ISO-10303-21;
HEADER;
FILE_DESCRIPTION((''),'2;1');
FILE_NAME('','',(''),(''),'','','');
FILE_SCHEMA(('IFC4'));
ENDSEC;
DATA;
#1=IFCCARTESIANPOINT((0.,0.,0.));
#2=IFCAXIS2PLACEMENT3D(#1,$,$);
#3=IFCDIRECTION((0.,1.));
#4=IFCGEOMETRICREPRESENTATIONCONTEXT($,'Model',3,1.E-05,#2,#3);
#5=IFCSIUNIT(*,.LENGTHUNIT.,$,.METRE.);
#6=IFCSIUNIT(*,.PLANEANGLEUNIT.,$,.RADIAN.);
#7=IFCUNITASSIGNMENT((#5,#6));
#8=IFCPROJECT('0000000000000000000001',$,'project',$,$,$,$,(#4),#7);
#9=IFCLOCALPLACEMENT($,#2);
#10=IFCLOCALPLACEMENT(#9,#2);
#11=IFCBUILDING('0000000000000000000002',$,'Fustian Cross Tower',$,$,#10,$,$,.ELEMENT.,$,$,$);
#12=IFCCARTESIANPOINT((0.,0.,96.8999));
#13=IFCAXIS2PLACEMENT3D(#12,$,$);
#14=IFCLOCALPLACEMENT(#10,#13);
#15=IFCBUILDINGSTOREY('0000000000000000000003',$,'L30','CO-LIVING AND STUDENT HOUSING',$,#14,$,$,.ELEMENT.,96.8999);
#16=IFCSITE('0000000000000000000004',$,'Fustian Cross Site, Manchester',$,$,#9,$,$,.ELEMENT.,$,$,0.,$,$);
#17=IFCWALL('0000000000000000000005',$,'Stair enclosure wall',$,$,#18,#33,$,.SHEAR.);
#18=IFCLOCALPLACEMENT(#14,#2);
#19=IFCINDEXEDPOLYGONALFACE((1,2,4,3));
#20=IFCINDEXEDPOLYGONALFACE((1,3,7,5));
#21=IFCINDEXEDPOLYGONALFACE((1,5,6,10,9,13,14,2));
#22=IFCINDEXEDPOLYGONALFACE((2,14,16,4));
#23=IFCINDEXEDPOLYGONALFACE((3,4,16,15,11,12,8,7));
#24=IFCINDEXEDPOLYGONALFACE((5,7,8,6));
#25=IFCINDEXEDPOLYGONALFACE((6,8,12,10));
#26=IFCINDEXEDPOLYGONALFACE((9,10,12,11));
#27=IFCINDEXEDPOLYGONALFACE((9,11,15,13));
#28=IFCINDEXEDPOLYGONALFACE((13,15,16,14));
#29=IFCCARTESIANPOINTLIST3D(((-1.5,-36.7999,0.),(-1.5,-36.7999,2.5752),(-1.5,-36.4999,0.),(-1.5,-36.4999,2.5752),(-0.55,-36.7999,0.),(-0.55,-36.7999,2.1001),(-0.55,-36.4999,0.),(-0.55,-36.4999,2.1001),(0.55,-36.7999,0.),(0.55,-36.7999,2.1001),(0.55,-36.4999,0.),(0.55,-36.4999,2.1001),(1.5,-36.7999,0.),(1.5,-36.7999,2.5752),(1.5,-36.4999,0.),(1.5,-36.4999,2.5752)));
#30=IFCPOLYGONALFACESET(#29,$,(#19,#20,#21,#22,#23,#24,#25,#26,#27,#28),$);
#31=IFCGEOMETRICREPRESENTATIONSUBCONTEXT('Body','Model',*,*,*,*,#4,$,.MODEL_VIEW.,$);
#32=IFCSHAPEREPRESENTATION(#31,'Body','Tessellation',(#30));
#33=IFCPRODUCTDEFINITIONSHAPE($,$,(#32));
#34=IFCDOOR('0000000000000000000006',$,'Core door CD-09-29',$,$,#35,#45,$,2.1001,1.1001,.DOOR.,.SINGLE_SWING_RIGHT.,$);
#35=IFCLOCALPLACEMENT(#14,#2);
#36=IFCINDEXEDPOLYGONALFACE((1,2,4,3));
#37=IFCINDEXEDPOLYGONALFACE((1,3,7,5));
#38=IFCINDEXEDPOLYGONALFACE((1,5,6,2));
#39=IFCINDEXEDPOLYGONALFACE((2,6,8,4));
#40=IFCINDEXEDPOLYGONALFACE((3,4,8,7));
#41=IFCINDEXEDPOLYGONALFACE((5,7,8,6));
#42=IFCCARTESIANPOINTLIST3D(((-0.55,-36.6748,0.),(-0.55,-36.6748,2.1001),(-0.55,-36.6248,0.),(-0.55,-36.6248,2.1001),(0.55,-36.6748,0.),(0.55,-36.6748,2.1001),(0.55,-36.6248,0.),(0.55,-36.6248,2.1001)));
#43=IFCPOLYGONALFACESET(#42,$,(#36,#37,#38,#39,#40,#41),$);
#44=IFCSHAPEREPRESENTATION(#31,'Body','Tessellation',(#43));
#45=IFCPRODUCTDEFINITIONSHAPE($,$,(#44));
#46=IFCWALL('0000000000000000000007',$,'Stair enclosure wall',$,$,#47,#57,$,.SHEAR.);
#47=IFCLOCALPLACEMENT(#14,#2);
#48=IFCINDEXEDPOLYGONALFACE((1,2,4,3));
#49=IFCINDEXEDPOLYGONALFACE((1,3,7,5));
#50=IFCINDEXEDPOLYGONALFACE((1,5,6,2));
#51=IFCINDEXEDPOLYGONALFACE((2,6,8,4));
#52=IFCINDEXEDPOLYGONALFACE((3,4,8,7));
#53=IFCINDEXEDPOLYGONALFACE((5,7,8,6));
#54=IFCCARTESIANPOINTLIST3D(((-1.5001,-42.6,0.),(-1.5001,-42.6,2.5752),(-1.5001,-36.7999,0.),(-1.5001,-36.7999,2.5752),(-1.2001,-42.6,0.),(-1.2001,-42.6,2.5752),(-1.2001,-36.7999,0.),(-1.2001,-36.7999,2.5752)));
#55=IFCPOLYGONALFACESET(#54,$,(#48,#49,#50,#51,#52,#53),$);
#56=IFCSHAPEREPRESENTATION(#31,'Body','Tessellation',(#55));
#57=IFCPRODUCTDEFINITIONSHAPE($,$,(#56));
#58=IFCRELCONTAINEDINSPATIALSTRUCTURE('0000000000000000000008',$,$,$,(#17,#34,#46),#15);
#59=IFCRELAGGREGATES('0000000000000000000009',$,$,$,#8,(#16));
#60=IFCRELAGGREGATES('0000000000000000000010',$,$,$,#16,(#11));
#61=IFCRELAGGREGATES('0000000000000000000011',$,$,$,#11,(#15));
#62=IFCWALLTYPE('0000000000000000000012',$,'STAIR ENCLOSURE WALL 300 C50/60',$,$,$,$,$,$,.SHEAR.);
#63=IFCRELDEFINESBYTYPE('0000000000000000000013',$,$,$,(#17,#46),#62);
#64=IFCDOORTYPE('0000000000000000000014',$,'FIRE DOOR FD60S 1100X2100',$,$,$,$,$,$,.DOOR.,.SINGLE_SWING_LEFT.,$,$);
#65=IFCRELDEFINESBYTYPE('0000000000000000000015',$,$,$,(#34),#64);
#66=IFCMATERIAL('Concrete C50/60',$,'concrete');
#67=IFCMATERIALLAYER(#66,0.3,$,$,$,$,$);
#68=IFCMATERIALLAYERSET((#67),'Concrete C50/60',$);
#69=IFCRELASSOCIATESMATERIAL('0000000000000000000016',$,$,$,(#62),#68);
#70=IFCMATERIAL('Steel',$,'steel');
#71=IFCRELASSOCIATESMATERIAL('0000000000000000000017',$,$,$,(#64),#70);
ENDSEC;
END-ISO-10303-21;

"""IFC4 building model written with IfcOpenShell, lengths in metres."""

from ifc_helpers import new_model, si_unit, direction, frame, frame_2d, origin, place, context, subcontext, project, spatial, rectangle, extrude, material, layer, layer_set, type_object, element, fill, save


model = new_model("IFC4")

# Units and contexts
model_context = context("Model", 3, precision=1e-05, world=origin(), true_north=direction((0.0, 1.0)))
body_context = subcontext(model_context, "Body", "Model", "MODEL_VIEW")
ifc_project = project(units=[si_unit("LENGTHUNIT", "METRE"), si_unit("PLANEANGLEUNIT", "RADIAN")], contexts=[model_context])

# Site, building, storey
site_placement = place(None, origin())
site = spatial("IfcSite", under=ifc_project, at=site_placement, Name="Fustian Cross Site, Manchester", CompositionType="ELEMENT", RefElevation=0.0)
building_placement = place(site_placement, origin())
building = spatial("IfcBuilding", under=site, at=building_placement, Name="Fustian Cross Tower", CompositionType="ELEMENT")
storey_placement = place(building_placement, frame((0.0, 0.0, 96.8999)))
storey = spatial("IfcBuildingStorey", under=building, at=storey_placement, Name="L30", Description="CO-LIVING AND STUDENT HOUSING", CompositionType="ELEMENT", Elevation=96.8999)

# Wall, opening, door
ifc_material_1 = material(Name="Concrete C50/60", Category="concrete")
ifc_layer_1 = layer(ifc_material_1, 0.3)
ifc_layer_set_1 = layer_set([ifc_layer_1], Name="Concrete C50/60")
wall_type_1 = type_object("IfcWallType", Name="STAIR ENCLOSURE WALL 300 C50/60", PredefinedType="SHEAR", material=ifc_layer_set_1)
wall_1_placement = place(storey_placement, frame((-1.5, -36.6499, 0.0), z_axis=(0.0, 0.0, 1.0), x_axis=(1.0, 0.0, 0.0)))
wall_1 = element("IfcWall", 1, at=wall_1_placement, inside=storey, type_object=wall_type_1, Name="Stair enclosure wall", PredefinedType="SHEAR", context=body_context, shape_type="SweptSolid", body=[
    extrude(rectangle(XDim=3.0, YDim=0.3, at=frame_2d((1.5, 0.0))), origin(), (0.0, 0.0, 1.0), 2.5752),
])
opening_1_placement = place(wall_1_placement, frame((0.95, 0.0, 0.0)))
opening_1 = element("IfcOpeningElement", 2, at=opening_1_placement, cuts=wall_1, PredefinedType="OPENING", context=body_context, shape_type="SweptSolid", body=[
    extrude(rectangle(XDim=1.1001, YDim=2.1001, at=frame_2d((0.55, 1.05))), frame((0.0, 0.1599, 0.0), z_axis=(0.0, -1.0, 0.0), x_axis=(1.0, 0.0, 0.0)), (0.0, 0.0, 1.0), 0.3201),
])
ifc_material_2 = material(Name="Steel", Category="steel")
door_type_1 = type_object("IfcDoorType", Name="FIRE DOOR FD60S 1100X2100", OperationType="SINGLE_SWING_LEFT", PredefinedType="DOOR", material=ifc_material_2)
door_1_placement = place(opening_1_placement, frame((1.1001, 0.0, 0.0), z_axis=(0.0, 0.0, 1.0), x_axis=(-1.0, 0.0, 0.0)))
door_1 = element("IfcDoor", 3, at=door_1_placement, inside=storey, type_object=door_type_1, Name="Core door CD-09-29", OperationType="SINGLE_SWING_RIGHT", OverallHeight=2.1001, OverallWidth=1.1001, PredefinedType="DOOR", context=body_context, shape_type="SweptSolid", body=[
    extrude(rectangle(XDim=1.1001, YDim=2.1001, at=frame_2d((0.55, 1.05))), frame((0.0, 0.0249, 0.0), z_axis=(0.0, -1.0, 0.0), x_axis=(1.0, 0.0, 0.0)), (0.0, 0.0, 1.0), 0.05),
])
fill(opening_1, door_1)

# Wall
wall_2_placement = place(storey_placement, frame((-1.3501, -36.8, 0.0), z_axis=(0.0, 0.0, 1.0), x_axis=(0.0, -1.0, 0.0)))
element("IfcWall", 4, at=wall_2_placement, inside=storey, type_object=wall_type_1, Name="Stair enclosure wall", PredefinedType="SHEAR", context=body_context, shape_type="SweptSolid", body=[
    extrude(rectangle(XDim=5.8, YDim=0.3, at=frame_2d((2.8999, 0.0))), origin(), (0.0, 0.0, 1.0), 2.5752),
])

save(model, "model.ifc")
